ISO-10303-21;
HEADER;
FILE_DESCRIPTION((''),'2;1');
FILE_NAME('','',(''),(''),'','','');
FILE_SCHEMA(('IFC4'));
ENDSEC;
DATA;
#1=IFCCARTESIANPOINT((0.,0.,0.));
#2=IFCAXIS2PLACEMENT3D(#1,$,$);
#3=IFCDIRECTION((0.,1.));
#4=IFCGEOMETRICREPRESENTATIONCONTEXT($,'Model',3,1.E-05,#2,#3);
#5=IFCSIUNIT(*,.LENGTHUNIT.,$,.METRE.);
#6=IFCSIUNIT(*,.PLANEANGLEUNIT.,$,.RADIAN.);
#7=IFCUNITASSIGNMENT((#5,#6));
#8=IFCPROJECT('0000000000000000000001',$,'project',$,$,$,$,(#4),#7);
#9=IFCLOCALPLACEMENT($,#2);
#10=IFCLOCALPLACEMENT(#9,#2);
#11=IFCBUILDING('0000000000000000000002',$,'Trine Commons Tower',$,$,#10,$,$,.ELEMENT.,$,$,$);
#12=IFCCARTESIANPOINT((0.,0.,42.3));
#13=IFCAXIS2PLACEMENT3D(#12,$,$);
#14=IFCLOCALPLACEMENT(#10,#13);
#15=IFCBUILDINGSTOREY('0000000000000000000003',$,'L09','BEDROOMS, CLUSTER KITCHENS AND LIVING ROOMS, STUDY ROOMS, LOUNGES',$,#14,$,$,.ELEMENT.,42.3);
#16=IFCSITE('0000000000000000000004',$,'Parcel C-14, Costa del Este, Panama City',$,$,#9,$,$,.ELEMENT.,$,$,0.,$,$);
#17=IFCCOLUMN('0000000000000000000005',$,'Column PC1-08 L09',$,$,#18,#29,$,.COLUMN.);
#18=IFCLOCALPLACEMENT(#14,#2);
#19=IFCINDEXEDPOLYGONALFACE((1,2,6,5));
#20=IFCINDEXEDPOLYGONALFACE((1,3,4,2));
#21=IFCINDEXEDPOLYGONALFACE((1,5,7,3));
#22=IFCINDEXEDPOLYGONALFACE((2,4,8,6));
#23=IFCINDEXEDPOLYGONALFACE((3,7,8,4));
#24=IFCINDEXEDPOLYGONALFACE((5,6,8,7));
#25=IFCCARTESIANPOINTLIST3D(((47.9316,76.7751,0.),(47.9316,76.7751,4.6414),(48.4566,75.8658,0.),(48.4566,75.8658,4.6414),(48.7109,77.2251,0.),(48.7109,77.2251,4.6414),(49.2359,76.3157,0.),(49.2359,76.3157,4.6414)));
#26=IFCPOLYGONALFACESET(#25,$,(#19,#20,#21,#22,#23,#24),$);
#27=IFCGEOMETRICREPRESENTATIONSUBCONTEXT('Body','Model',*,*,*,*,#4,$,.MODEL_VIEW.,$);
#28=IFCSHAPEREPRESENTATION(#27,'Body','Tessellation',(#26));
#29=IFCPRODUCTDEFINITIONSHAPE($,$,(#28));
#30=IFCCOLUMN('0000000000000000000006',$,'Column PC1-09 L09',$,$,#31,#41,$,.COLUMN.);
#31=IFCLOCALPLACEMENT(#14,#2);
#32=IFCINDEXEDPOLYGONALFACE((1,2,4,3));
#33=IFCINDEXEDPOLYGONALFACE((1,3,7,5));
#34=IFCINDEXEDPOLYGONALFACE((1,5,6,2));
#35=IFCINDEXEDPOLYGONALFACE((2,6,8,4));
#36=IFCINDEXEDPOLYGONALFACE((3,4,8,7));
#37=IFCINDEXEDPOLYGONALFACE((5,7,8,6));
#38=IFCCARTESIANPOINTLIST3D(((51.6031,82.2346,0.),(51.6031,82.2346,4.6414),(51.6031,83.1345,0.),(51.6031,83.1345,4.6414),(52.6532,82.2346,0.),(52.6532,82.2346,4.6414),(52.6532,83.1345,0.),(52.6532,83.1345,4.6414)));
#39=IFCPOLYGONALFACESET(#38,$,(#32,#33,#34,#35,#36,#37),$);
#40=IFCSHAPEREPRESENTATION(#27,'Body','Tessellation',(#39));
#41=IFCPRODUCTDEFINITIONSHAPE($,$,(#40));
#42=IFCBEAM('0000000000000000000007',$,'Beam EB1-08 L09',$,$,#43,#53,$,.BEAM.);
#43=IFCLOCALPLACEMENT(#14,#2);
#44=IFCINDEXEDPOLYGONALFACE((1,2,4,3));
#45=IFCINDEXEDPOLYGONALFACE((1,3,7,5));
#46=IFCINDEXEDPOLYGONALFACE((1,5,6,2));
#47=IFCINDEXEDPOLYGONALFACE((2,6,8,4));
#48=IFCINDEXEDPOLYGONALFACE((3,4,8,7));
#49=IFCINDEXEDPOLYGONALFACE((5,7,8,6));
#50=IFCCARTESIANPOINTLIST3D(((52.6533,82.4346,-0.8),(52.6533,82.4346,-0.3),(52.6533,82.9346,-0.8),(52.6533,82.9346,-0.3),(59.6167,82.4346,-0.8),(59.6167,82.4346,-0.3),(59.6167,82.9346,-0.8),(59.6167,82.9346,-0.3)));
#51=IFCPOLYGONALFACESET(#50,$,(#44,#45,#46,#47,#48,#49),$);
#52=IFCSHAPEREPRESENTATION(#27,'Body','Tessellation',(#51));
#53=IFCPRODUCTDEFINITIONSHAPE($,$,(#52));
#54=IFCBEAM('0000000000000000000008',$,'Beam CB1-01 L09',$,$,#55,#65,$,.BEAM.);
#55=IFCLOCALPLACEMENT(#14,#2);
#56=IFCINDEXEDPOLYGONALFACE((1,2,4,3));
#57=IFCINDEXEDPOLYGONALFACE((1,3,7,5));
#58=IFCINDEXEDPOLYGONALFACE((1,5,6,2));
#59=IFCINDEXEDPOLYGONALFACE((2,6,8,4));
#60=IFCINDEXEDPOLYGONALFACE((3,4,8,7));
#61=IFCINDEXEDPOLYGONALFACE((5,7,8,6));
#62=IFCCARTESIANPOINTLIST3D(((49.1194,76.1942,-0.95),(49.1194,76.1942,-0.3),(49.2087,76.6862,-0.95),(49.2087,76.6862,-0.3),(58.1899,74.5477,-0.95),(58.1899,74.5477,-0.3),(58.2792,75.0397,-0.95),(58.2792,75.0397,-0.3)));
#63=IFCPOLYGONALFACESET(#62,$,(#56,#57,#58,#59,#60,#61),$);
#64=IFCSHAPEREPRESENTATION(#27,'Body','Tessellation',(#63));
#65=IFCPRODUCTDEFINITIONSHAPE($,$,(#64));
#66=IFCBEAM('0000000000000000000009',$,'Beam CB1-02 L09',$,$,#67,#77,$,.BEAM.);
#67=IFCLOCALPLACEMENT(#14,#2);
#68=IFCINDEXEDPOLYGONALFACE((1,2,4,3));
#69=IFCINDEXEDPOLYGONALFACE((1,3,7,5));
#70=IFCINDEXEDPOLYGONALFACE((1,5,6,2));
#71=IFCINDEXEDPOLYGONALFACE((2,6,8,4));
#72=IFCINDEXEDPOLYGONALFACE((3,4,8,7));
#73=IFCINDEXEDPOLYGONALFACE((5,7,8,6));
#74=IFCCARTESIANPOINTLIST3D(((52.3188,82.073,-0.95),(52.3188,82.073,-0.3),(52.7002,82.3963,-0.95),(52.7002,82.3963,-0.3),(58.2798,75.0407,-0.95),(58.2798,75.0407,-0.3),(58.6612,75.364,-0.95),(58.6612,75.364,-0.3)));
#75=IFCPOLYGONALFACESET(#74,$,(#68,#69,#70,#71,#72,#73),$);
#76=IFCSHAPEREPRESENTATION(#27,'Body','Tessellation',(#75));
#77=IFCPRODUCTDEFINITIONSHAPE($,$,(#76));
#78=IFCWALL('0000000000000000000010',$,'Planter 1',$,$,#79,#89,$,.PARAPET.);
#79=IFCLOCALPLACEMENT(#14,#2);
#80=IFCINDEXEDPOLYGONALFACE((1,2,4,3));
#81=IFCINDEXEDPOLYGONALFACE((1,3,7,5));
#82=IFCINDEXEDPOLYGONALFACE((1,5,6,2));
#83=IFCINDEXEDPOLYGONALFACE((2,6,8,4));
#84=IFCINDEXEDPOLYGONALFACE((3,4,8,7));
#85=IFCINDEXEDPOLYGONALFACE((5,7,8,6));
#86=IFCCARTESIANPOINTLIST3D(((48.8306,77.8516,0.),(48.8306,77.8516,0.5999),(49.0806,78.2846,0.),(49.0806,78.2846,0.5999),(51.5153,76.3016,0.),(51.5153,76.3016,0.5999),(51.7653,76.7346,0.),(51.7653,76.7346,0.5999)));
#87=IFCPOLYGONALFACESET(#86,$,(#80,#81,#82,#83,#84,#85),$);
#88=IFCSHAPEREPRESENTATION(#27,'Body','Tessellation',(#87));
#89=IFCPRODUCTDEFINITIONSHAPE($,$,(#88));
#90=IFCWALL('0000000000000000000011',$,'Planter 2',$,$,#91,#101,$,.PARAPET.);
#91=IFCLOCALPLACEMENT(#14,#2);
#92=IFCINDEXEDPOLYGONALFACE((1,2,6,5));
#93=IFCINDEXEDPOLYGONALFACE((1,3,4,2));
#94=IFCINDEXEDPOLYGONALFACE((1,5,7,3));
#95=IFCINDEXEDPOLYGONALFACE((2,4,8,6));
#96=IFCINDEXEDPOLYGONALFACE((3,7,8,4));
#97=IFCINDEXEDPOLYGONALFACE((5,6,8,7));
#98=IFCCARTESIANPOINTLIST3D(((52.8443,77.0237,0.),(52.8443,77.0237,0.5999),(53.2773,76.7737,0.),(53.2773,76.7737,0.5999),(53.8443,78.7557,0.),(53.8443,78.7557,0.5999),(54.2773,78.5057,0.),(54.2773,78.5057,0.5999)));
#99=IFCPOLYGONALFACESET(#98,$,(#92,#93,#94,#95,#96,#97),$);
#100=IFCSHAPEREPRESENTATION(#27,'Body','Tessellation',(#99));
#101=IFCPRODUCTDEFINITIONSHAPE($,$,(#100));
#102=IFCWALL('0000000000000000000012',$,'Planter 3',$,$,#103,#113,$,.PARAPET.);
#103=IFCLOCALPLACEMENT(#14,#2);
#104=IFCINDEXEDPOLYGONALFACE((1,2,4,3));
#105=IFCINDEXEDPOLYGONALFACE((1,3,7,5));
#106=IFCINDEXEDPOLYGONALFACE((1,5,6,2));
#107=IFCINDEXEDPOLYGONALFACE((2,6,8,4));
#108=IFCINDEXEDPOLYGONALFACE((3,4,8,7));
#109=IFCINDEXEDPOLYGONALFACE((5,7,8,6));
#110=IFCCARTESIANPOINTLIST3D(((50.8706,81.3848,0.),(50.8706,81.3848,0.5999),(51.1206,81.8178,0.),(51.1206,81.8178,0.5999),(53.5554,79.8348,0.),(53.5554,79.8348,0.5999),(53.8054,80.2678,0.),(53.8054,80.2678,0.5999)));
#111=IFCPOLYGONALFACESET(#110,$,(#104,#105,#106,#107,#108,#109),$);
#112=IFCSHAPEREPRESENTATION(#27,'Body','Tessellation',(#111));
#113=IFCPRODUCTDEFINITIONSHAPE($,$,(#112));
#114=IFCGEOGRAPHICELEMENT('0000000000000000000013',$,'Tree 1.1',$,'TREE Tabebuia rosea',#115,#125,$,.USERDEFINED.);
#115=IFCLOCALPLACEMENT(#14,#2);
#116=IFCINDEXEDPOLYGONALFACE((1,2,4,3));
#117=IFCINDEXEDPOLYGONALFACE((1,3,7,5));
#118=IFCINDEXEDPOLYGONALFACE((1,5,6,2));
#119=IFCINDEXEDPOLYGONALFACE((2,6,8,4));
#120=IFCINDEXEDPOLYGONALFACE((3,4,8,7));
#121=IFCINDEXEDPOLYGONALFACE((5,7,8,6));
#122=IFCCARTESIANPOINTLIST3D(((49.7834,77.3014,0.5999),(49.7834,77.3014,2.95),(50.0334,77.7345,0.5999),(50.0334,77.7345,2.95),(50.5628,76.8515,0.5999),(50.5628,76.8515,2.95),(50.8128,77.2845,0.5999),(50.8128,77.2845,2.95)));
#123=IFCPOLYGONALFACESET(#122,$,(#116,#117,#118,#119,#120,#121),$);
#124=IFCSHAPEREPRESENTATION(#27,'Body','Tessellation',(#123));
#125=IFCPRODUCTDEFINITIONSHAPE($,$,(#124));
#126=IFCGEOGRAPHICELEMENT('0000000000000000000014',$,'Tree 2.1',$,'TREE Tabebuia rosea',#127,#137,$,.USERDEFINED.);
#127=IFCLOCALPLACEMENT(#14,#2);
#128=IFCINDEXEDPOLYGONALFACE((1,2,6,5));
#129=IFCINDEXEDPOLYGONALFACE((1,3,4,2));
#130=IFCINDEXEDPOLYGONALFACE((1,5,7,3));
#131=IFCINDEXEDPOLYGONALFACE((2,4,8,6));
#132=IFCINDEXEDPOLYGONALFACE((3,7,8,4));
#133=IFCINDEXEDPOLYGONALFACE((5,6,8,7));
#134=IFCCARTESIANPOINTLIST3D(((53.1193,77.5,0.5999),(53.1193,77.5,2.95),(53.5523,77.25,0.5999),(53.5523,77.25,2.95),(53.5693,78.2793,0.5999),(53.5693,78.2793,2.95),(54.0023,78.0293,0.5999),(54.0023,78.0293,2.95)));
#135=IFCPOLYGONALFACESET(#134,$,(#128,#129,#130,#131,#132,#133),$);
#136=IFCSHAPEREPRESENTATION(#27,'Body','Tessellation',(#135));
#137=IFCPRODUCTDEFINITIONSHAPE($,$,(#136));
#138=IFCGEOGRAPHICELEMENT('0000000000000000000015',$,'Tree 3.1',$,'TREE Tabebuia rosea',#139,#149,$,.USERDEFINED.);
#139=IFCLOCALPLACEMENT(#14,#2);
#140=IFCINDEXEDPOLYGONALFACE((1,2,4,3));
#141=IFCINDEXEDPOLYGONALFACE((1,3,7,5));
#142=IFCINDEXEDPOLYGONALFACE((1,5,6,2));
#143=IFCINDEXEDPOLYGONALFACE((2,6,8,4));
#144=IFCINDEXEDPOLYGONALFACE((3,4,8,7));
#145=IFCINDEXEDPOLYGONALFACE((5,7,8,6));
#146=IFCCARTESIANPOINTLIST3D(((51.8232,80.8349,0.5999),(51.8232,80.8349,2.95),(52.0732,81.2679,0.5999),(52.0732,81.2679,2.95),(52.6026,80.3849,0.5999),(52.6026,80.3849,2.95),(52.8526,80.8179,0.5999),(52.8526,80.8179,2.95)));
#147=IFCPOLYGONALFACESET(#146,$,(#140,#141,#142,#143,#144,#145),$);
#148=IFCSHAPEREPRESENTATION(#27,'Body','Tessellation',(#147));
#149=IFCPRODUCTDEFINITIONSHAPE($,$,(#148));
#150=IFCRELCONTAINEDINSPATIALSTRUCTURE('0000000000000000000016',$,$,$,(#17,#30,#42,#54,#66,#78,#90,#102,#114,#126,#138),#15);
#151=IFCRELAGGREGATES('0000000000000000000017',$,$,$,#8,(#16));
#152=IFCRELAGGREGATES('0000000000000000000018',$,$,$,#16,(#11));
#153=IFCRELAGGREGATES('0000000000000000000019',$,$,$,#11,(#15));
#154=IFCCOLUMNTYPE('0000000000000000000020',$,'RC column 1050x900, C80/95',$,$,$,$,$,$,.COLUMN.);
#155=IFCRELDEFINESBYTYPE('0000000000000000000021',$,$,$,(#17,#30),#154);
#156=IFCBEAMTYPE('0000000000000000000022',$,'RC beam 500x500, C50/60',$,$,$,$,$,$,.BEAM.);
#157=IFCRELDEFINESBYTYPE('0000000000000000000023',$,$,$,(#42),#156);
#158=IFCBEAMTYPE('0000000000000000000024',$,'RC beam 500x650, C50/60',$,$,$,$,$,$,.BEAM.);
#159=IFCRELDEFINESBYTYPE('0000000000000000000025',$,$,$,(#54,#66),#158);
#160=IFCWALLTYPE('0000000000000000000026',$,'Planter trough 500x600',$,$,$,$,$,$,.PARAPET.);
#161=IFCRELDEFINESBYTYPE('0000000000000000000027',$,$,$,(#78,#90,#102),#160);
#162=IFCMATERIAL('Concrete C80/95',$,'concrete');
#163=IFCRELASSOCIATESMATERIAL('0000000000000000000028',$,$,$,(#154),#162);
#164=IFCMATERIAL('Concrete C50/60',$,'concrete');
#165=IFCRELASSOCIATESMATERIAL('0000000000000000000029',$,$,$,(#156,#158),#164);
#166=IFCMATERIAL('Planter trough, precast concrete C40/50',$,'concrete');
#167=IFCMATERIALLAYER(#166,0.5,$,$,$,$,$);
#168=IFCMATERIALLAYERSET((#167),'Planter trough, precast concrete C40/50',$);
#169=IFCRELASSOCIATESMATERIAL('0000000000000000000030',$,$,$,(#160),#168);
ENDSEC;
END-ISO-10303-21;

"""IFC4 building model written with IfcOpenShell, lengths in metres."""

from ifc_helpers import new_model, si_unit, direction, frame, frame_2d, origin, origin_2d, place, context, subcontext, project, spatial, rectangle, extrude, material, layer, layer_set, material_profile, profile_set, type_object, element, save


model = new_model("IFC4")

# Units and contexts
model_context = context("Model", 3, precision=1e-05, world=origin(), true_north=direction((0.0, 1.0)))
body_context = subcontext(model_context, "Body", "Model", "MODEL_VIEW")
ifc_project = project(units=[si_unit("LENGTHUNIT", "METRE"), si_unit("PLANEANGLEUNIT", "RADIAN")], contexts=[model_context])

# Site, building, storey
site_placement = place(None, origin())
site = spatial("IfcSite", under=ifc_project, at=site_placement, Name="Parcel C-14, Costa del Este, Panama City", CompositionType="ELEMENT", RefElevation=0.0)
building_placement = place(site_placement, origin())
building = spatial("IfcBuilding", under=site, at=building_placement, Name="Trine Commons Tower", CompositionType="ELEMENT")
storey_placement = place(building_placement, frame((0.0, 0.0, 42.3)))
storey = spatial("IfcBuildingStorey", under=building, at=storey_placement, Name="L09", Description="BEDROOMS, CLUSTER KITCHENS AND LIVING ROOMS, STUDY ROOMS, LOUNGES", CompositionType="ELEMENT", Elevation=42.3)

# Columns
ifc_material_1 = material(Name="Concrete C80/95", Category="concrete")
ifc_material_profile_1 = material_profile(ifc_material_1, rectangle(XDim=1.05, YDim=0.8999, at=origin_2d()), Name="RC 1050x900")
ifc_profile_set_1 = profile_set([ifc_material_profile_1], Name="Concrete C80/95")
column_type = type_object("IfcColumnType", Name="RC column 1050x900, C80/95", PredefinedType="COLUMN", material=ifc_profile_set_1)
for number, where, z_axis, x_axis, name in (
    (1, (48.5837, 76.5454, 0.0), (0.0, 0.0, 1.0), (-0.5, 0.866025, 0.0), "Column PC1-08 L09"),
    (2, (52.1282, 82.6846, 0.0), (0.0, 0.0, 1.0), (1.0, 0.0, 0.0), "Column PC1-09 L09"),
):
    element("IfcColumn", number, at=place(storey_placement, frame(where, z_axis=z_axis, x_axis=x_axis)), inside=storey, type_object=column_type, Name=name, PredefinedType="COLUMN", context=body_context, shape_type="SweptSolid", body=[
        extrude(rectangle(XDim=1.05, YDim=0.8999, at=origin_2d()), origin(), (0.0, 0.0, 1.0), 4.6414),
    ])

# Beams
ifc_material_2 = material(Name="Concrete C50/60", Category="concrete")
ifc_material_profile_2 = material_profile(ifc_material_2, rectangle(XDim=0.5, YDim=0.5, at=origin_2d()), Name="RC 500x500")
ifc_profile_set_2 = profile_set([ifc_material_profile_2], Name="Concrete C50/60")
beam_type_1 = type_object("IfcBeamType", Name="RC beam 500x500, C50/60", PredefinedType="BEAM", material=ifc_profile_set_2)
beam_placement = place(storey_placement, frame((52.6533, 82.6846, -0.55), z_axis=(1.0, 0.0, 0.0), x_axis=(0.0, 1.0, 0.0)))
element("IfcBeam", 3, at=beam_placement, inside=storey, type_object=beam_type_1, Name="Beam EB1-08 L09", PredefinedType="BEAM", context=body_context, shape_type="SweptSolid", body=[
    extrude(rectangle(XDim=0.5, YDim=0.5, at=origin_2d()), origin(), (0.0, 0.0, 1.0), 6.9634),
])
ifc_material_profile_3 = material_profile(ifc_material_2, rectangle(XDim=0.5, YDim=0.6499, at=origin_2d()), Name="RC 500x650")
ifc_profile_set_3 = profile_set([ifc_material_profile_3], Name="Concrete C50/60")
beam_type_2 = type_object("IfcBeamType", Name="RC beam 500x650, C50/60", PredefinedType="BEAM", material=ifc_profile_set_3)
for number, where, z_axis, x_axis, name in (
    (4, (49.1641, 76.4402, -0.625), (0.983922, -0.178601, 0.0), (0.178601, 0.983922, 0.0), "Beam CB1-01 L09"),
    (5, (52.5095, 82.2346, -0.625), (0.646612, -0.762819, 0.0), (0.762819, 0.646612, 0.0), "Beam CB1-02 L09"),
):
    element("IfcBeam", number, at=place(storey_placement, frame(where, z_axis=z_axis, x_axis=x_axis)), inside=storey, type_object=beam_type_2, Name=name, PredefinedType="BEAM", context=body_context, shape_type="SweptSolid", body=[
        extrude(rectangle(XDim=0.5, YDim=0.6499, at=origin_2d()), origin(), (0.0, 0.0, 1.0), 9.2188),
    ])

# Walls
ifc_material_3 = material(Name="Planter trough, precast concrete C40/50", Category="concrete")
ifc_layer = layer(ifc_material_3, 0.5)
ifc_layer_set = layer_set([ifc_layer], Name="Planter trough, precast concrete C40/50")
wall_type = type_object("IfcWallType", Name="Planter trough 500x600", PredefinedType="PARAPET", material=ifc_layer_set)
wall_1_placement = place(storey_placement, frame((48.9556, 78.0681, 0.0), z_axis=(0.0, 0.0, 1.0), x_axis=(0.86603, -0.499993, 0.0)))
element("IfcWall", 6, at=wall_1_placement, inside=storey, type_object=wall_type, Name="Planter 1", PredefinedType="PARAPET", context=body_context, shape_type="SweptSolid", body=[
    extrude(rectangle(XDim=3.1001, YDim=0.5, at=frame_2d((1.55, 0.0))), origin(), (0.0, 0.0, 1.0), 0.5999),
])
wall_2_placement = place(storey_placement, frame((53.0608, 76.8987, 0.0), z_axis=(0.0, 0.0, 1.0), x_axis=(0.500025, 0.866011, 0.0)))
element("IfcWall", 7, at=wall_2_placement, inside=storey, type_object=wall_type, Name="Planter 2", PredefinedType="PARAPET", context=body_context, shape_type="SweptSolid", body=[
    extrude(rectangle(XDim=2.0, YDim=0.5, at=frame_2d((1.0, 0.0))), origin(), (0.0, 0.0, 1.0), 0.5999),
])
wall_3_placement = place(storey_placement, frame((53.6804, 80.0513, 0.0), z_axis=(0.0, 0.0, 1.0), x_axis=(-0.86603, 0.499993, 0.0)))
element("IfcWall", 8, at=wall_3_placement, inside=storey, type_object=wall_type, Name="Planter 3", PredefinedType="PARAPET", context=body_context, shape_type="SweptSolid", body=[
    extrude(rectangle(XDim=3.1001, YDim=0.5, at=frame_2d((1.55, 0.0))), origin(), (0.0, 0.0, 1.0), 0.5999),
])

# Geographic elements
for number, where, z_axis, x_axis, name in (
    (9, (50.2981, 77.293, 0.5999), (0.0, 0.0, 1.0), (0.866026, -0.499998, 0.0), "Tree 1.1"),
    (10, (53.5608, 77.7646, 0.5999), (0.0, 0.0, 1.0), (0.500011, 0.866019, 0.0), "Tree 2.1"),
    (11, (52.3379, 80.8264, 0.5999), (0.0, 0.0, 1.0), (-0.866026, 0.499998, 0.0), "Tree 3.1"),
):
    element("IfcGeographicElement", number, at=place(storey_placement, frame(where, z_axis=z_axis, x_axis=x_axis)), inside=storey, Name=name, ObjectType="TREE Tabebuia rosea", PredefinedType="USERDEFINED", context=body_context, shape_type="SweptSolid", body=[
        extrude(rectangle(XDim=0.8999, YDim=0.5, at=origin_2d()), origin(), (0.0, 0.0, 1.0), 2.3501),
    ])

save(model, "model.ifc")
